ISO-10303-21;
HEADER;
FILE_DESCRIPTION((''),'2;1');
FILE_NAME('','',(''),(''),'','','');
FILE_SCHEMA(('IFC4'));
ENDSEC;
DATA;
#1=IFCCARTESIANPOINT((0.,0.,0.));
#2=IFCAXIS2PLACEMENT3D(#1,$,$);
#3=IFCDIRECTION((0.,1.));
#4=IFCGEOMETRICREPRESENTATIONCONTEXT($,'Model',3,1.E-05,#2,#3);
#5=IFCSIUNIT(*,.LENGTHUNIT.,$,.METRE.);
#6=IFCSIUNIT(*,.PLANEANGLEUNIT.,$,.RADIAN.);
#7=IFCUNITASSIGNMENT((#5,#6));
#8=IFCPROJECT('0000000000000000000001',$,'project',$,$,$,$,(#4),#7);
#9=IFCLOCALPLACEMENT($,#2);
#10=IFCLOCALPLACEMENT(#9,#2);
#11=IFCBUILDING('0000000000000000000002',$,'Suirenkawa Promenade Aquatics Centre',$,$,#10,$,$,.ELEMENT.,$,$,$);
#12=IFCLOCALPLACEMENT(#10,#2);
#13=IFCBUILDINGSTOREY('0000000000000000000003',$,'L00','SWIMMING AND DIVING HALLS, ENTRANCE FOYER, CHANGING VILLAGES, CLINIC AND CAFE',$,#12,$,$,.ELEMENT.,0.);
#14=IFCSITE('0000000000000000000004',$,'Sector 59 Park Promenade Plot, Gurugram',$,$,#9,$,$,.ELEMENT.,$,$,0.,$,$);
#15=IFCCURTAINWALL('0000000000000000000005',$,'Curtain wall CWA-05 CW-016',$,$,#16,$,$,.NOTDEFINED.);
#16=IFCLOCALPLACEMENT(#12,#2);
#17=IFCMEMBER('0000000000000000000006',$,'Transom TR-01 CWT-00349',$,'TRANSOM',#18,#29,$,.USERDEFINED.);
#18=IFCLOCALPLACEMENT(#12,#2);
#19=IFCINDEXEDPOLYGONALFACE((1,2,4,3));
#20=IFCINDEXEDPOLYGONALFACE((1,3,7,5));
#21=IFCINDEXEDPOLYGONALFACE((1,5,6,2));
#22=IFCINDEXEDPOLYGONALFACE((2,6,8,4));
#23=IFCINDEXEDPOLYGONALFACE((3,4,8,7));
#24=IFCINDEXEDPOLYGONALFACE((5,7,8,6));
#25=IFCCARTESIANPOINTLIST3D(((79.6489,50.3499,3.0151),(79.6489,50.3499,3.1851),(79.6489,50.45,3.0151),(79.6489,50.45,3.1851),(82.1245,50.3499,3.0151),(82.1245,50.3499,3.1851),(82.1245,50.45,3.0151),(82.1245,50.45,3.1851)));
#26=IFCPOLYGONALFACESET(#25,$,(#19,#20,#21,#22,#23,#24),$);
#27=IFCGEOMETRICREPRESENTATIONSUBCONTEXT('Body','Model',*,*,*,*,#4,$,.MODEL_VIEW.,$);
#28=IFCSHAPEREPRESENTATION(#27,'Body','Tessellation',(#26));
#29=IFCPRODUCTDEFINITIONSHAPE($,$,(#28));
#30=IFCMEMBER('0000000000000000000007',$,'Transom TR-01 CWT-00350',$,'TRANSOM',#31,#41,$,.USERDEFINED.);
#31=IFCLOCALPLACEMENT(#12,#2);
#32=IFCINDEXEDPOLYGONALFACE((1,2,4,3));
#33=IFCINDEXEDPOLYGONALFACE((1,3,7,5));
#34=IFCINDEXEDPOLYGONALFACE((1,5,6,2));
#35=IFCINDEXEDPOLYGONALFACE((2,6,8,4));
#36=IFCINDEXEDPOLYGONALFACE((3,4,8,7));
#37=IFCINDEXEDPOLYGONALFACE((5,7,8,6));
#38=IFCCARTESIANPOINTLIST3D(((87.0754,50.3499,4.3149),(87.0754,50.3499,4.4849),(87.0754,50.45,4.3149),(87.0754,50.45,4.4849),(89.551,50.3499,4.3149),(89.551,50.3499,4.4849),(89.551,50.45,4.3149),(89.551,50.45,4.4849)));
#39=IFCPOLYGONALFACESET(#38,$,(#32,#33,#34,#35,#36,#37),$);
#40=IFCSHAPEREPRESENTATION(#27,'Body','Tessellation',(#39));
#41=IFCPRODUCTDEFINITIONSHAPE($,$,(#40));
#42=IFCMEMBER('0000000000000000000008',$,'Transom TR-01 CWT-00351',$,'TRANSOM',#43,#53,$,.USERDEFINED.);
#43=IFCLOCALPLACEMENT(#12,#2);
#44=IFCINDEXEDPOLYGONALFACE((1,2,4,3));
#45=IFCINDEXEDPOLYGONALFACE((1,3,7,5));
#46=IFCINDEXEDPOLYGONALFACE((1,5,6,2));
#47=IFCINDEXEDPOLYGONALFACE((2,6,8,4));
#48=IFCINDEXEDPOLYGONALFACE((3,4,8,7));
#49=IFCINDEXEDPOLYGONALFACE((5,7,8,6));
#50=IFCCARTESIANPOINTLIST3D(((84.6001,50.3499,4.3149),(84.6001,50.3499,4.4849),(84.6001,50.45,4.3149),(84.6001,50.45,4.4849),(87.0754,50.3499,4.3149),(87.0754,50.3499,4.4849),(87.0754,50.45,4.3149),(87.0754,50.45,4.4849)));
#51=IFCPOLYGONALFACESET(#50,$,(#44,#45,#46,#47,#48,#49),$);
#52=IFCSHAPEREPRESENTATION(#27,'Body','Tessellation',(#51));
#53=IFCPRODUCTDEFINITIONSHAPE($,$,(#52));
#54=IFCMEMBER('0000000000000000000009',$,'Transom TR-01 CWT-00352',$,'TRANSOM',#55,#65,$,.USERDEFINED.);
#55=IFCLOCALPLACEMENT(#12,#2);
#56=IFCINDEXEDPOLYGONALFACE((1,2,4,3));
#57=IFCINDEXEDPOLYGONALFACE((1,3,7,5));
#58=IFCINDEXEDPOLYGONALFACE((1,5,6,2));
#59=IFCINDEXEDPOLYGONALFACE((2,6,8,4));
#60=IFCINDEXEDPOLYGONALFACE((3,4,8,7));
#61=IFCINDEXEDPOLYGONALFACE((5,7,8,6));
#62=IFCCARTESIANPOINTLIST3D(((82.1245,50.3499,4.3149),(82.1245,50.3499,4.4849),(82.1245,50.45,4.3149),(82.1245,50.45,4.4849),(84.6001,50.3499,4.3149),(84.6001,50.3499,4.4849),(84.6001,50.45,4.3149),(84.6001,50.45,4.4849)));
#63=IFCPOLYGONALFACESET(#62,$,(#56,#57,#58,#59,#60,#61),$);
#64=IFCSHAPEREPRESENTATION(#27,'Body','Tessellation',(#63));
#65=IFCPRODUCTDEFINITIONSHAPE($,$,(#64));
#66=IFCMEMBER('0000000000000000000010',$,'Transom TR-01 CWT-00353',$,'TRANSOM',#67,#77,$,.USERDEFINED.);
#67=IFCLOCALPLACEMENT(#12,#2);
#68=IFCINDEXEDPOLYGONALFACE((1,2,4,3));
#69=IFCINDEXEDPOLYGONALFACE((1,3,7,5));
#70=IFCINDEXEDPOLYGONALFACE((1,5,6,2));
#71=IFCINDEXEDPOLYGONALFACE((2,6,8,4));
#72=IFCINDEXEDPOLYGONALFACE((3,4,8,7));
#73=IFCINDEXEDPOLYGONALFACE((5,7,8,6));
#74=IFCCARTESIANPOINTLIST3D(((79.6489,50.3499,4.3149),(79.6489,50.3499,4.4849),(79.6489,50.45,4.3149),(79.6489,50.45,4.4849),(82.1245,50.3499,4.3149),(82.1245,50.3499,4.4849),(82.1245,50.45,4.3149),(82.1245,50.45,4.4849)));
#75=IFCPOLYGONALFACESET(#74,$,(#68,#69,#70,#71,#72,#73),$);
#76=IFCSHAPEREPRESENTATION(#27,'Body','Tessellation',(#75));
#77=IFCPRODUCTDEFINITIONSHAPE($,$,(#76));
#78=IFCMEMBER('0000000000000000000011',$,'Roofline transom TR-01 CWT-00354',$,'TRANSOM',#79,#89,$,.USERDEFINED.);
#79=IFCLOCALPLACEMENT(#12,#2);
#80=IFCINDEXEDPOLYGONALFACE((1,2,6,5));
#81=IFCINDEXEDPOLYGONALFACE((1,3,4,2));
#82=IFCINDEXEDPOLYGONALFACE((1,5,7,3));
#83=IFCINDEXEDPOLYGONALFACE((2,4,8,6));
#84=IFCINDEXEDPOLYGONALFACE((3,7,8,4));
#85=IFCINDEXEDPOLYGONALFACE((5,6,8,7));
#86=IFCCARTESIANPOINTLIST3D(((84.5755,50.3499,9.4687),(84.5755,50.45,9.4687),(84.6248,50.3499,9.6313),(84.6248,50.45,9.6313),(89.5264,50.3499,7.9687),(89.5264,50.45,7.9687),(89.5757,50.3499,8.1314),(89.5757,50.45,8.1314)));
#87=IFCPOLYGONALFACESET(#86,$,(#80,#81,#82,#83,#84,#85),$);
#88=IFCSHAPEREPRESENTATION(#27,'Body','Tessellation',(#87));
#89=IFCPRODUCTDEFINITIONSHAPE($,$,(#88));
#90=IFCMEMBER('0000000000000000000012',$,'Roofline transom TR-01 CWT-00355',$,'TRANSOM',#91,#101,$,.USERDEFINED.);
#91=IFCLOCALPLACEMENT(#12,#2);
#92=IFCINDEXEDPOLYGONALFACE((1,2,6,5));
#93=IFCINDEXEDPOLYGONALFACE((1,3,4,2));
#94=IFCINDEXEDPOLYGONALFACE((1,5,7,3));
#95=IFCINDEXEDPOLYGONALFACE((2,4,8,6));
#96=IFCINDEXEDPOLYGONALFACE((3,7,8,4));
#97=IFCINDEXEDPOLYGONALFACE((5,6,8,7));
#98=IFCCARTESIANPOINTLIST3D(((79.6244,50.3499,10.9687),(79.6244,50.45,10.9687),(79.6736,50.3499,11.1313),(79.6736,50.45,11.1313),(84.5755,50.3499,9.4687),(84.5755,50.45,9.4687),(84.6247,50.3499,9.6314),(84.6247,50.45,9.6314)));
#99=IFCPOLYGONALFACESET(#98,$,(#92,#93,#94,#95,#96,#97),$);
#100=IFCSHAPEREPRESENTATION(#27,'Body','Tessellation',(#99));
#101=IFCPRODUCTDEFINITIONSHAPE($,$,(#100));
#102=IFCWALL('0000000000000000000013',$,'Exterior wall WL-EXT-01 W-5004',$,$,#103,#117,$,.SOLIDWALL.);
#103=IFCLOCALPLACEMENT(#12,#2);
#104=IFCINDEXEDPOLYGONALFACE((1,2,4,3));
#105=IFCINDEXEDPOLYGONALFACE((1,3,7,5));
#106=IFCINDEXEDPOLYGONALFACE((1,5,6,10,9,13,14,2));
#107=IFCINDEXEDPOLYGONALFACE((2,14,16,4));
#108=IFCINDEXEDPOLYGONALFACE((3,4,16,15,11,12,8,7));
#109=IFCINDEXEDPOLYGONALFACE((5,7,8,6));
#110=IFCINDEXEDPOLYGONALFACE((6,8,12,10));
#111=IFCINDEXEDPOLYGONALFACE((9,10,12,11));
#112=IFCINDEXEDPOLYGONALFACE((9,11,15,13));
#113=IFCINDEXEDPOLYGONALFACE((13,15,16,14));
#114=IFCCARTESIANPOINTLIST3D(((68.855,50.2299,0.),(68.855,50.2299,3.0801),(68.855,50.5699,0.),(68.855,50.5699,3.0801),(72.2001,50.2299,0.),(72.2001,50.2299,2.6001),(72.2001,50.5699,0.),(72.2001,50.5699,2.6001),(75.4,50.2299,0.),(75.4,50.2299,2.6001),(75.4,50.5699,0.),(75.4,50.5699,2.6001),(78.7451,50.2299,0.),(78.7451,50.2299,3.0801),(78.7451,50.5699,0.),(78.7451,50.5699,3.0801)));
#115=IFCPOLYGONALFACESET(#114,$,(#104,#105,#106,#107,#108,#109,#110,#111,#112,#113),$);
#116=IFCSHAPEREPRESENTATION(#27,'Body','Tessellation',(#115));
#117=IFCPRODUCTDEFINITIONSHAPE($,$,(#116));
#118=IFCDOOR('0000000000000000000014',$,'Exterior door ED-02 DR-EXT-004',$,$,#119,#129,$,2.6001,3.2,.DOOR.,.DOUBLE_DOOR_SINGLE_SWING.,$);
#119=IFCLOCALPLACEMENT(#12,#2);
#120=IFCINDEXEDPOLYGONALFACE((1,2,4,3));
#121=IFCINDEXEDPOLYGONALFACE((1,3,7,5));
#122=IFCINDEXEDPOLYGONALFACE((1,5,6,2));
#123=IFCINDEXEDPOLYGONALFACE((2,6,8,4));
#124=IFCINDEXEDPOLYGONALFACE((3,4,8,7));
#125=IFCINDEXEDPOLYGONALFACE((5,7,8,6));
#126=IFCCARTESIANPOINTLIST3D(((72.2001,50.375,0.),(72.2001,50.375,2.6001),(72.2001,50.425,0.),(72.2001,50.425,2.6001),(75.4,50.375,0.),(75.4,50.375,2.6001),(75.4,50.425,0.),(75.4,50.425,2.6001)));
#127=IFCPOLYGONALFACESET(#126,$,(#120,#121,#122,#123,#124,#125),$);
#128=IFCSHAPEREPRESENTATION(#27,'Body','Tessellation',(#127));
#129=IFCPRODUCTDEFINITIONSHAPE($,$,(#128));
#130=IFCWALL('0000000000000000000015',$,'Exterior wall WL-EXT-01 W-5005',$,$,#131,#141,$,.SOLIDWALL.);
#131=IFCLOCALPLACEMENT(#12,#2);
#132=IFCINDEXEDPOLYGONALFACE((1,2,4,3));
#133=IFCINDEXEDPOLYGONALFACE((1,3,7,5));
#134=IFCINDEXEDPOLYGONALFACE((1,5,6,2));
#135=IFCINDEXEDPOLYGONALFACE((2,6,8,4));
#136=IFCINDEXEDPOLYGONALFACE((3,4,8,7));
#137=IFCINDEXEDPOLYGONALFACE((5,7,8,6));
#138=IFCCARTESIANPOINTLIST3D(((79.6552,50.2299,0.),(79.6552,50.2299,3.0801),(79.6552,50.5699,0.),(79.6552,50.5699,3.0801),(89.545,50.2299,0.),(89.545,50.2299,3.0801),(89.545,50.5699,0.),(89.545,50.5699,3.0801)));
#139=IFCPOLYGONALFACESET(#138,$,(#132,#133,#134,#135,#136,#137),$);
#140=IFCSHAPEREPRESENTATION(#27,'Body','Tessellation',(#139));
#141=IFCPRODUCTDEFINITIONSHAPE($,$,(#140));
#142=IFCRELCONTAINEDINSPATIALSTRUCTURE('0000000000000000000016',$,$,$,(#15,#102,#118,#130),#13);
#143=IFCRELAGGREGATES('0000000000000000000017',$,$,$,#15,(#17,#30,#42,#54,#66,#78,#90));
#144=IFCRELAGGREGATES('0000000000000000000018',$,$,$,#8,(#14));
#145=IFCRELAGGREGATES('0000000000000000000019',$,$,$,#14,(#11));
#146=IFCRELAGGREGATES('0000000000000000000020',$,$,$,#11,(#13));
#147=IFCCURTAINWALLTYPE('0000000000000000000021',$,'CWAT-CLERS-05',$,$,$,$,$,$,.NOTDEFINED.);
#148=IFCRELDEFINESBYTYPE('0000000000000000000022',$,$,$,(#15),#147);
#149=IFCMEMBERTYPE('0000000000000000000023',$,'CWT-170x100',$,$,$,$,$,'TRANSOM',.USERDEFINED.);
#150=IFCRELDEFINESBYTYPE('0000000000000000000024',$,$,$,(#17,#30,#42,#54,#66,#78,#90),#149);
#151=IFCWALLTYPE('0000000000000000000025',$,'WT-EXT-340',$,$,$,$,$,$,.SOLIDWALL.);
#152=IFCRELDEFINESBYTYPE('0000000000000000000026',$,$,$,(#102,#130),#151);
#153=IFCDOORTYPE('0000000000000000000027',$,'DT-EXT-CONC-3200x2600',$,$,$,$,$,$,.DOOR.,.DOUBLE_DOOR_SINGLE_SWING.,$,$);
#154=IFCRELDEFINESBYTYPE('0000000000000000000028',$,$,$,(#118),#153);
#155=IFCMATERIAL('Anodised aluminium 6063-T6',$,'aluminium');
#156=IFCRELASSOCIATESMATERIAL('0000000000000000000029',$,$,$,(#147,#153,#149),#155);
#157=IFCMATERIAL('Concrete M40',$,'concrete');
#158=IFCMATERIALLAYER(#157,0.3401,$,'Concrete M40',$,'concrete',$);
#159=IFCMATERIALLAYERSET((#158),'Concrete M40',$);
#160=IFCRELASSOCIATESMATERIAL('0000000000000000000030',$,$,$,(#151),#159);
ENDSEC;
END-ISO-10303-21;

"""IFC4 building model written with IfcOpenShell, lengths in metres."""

from ifc_helpers import new_model, si_unit, direction, frame, frame_2d, origin, origin_2d, place, context, subcontext, project, spatial, rectangle, extrude, material, layer, layer_set, material_profile, profile_set, type_object, element, fill, aggregate, save


model = new_model("IFC4")

# Units and contexts
model_context = context("Model", 3, precision=1e-05, world=origin(), true_north=direction((0.0, 1.0)))
body_context = subcontext(model_context, "Body", "Model", "MODEL_VIEW")
ifc_project = project(units=[si_unit("LENGTHUNIT", "METRE"), si_unit("PLANEANGLEUNIT", "RADIAN")], contexts=[model_context])

# Site, building, storey
site_placement = place(None, origin())
site = spatial("IfcSite", under=ifc_project, at=site_placement, Name="Sector 59 Park Promenade Plot, Gurugram", CompositionType="ELEMENT", RefElevation=0.0)
building_placement = place(site_placement, origin())
building = spatial("IfcBuilding", under=site, at=building_placement, Name="Suirenkawa Promenade Aquatics Centre", CompositionType="ELEMENT")
storey_placement = place(building_placement, origin())
storey = spatial("IfcBuildingStorey", under=building, at=storey_placement, Name="L00", Description="SWIMMING AND DIVING HALLS, ENTRANCE FOYER, CHANGING VILLAGES, CLINIC AND CAFE", CompositionType="ELEMENT", Elevation=0.0)

# Shared definitions
ifc_material_1 = material(Name="Concrete M40", Category="concrete")

# Shared definitions
ifc_material_2 = material(Name="Anodised aluminium 6063-T6", Category="aluminium")

# Curtain wall
curtain_wall_type_1 = type_object("IfcCurtainWallType", Name="CWAT-CLERS-05", PredefinedType="NOTDEFINED", material=ifc_material_2)
curtain_wall_1_placement = place(storey_placement, origin())
curtain_wall_1 = element("IfcCurtainWall", 1, at=curtain_wall_1_placement, inside=storey, type_object=curtain_wall_type_1, Name="Curtain wall CWA-05 CW-016", PredefinedType="NOTDEFINED")

# Members
ifc_material_profile_1 = material_profile(ifc_material_2, rectangle(XDim=0.1001, YDim=0.1699, at=origin_2d()), Name="ALU TRAN 100x170", Category="aluminium")
ifc_profile_set_1 = profile_set([ifc_material_profile_1], Name="Anodised aluminium 6063-T6")
member_type_1 = type_object("IfcMemberType", Name="CWT-170x100", ElementType="TRANSOM", PredefinedType="USERDEFINED", material=ifc_profile_set_1)
member_1_placement = place(storey_placement, frame((82.1245, 50.3999, 3.1001), z_axis=(-1.0, 0.0, 0.0), x_axis=(0.0, -1.0, 0.0)))
member_1 = element("IfcMember", 2, at=member_1_placement, type_object=member_type_1, Name="Transom TR-01 CWT-00349", ObjectType="TRANSOM", PredefinedType="USERDEFINED", context=body_context, shape_type="SweptSolid", body=[
    extrude(rectangle(XDim=0.1001, YDim=0.1699, at=origin_2d()), origin(), (0.0, 0.0, 1.0), 2.4756),
])
member_2_placement = place(storey_placement, frame((89.551, 50.3999, 4.3999), z_axis=(-1.0, 0.0, 0.0), x_axis=(0.0, -1.0, 0.0)))
member_2 = element("IfcMember", 3, at=member_2_placement, type_object=member_type_1, Name="Transom TR-01 CWT-00350", ObjectType="TRANSOM", PredefinedType="USERDEFINED", context=body_context, shape_type="SweptSolid", body=[
    extrude(rectangle(XDim=0.1001, YDim=0.1699, at=origin_2d()), origin(), (0.0, 0.0, 1.0), 2.4756),
])
member_3_placement = place(storey_placement, frame((87.0754, 50.3999, 4.3999), z_axis=(-1.0, 0.0, 0.0), x_axis=(0.0, -1.0, 0.0)))
member_3 = element("IfcMember", 4, at=member_3_placement, type_object=member_type_1, Name="Transom TR-01 CWT-00351", ObjectType="TRANSOM", PredefinedType="USERDEFINED", context=body_context, shape_type="SweptSolid", body=[
    extrude(rectangle(XDim=0.1001, YDim=0.1699, at=origin_2d()), origin(), (0.0, 0.0, 1.0), 2.4753),
])
member_4_placement = place(storey_placement, frame((84.6001, 50.3999, 4.3999), z_axis=(-1.0, 0.0, 0.0), x_axis=(0.0, -1.0, 0.0)))
member_4 = element("IfcMember", 5, at=member_4_placement, type_object=member_type_1, Name="Transom TR-01 CWT-00352", ObjectType="TRANSOM", PredefinedType="USERDEFINED", context=body_context, shape_type="SweptSolid", body=[
    extrude(rectangle(XDim=0.1001, YDim=0.1699, at=origin_2d()), origin(), (0.0, 0.0, 1.0), 2.4756),
])
member_5_placement = place(storey_placement, frame((82.1245, 50.3999, 4.3999), z_axis=(-1.0, 0.0, 0.0), x_axis=(0.0, -1.0, 0.0)))
member_5 = element("IfcMember", 6, at=member_5_placement, type_object=member_type_1, Name="Transom TR-01 CWT-00353", ObjectType="TRANSOM", PredefinedType="USERDEFINED", context=body_context, shape_type="SweptSolid", body=[
    extrude(rectangle(XDim=0.1001, YDim=0.1699, at=origin_2d()), origin(), (0.0, 0.0, 1.0), 2.4756),
])
member_6_placement = place(storey_placement, frame((89.551, 50.3999, 8.05), z_axis=(-0.957039, 0.0, 0.289958), x_axis=(0.0, -1.0, 0.0)))
member_6 = element("IfcMember", 7, at=member_6_placement, type_object=member_type_1, Name="Roofline transom TR-01 CWT-00354", ObjectType="TRANSOM", PredefinedType="USERDEFINED", context=body_context, shape_type="SweptSolid", body=[
    extrude(rectangle(XDim=0.1001, YDim=0.1699, at=origin_2d()), origin(), (0.0, 0.0, 1.0), 5.1731),
])
member_7_placement = place(storey_placement, frame((84.6001, 50.3999, 9.55), z_axis=(-0.957043, 0.0, 0.289945), x_axis=(0.0, -1.0, 0.0)))
member_7 = element("IfcMember", 8, at=member_7_placement, type_object=member_type_1, Name="Roofline transom TR-01 CWT-00355", ObjectType="TRANSOM", PredefinedType="USERDEFINED", context=body_context, shape_type="SweptSolid", body=[
    extrude(rectangle(XDim=0.1001, YDim=0.1699, at=origin_2d()), origin(), (0.0, 0.0, 1.0), 5.1733),
])

aggregate(curtain_wall_1, [member_1, member_2, member_3, member_4, member_5, member_6, member_7])

# Wall, opening, door
ifc_layer_1 = layer(ifc_material_1, 0.3401, Name="Concrete M40", Category="concrete")
ifc_layer_set_1 = layer_set([ifc_layer_1], Name="Concrete M40")
wall_type = type_object("IfcWallType", Name="WT-EXT-340", PredefinedType="SOLIDWALL", material=ifc_layer_set_1)
wall_1_placement = place(storey_placement, frame((78.7451, 50.3999, 0.0), z_axis=(0.0, 0.0, 1.0), x_axis=(-1.0, 0.0, 0.0)))
wall_1 = element("IfcWall", 9, at=wall_1_placement, inside=storey, type_object=wall_type, Name="Exterior wall WL-EXT-01 W-5004", PredefinedType="SOLIDWALL", context=body_context, shape_type="SweptSolid", body=[
    extrude(rectangle(XDim=9.8901, YDim=0.3401, at=frame_2d((4.9451, 0.0))), origin(), (0.0, 0.0, 1.0), 3.0801),
])
opening_placement = place(wall_1_placement, frame((3.345, 0.0, 0.0)))
opening = element("IfcOpeningElement", 10, at=opening_placement, cuts=wall_1, PredefinedType="OPENING", context=body_context, shape_type="SweptSolid", body=[
    extrude(rectangle(XDim=3.2, YDim=2.6001, at=frame_2d((1.6001, 1.3))), frame((0.0, 0.1799, 0.0), z_axis=(0.0, -1.0, 0.0), x_axis=(1.0, 0.0, 0.0)), (0.0, 0.0, 1.0), 0.3601),
])
door_type = type_object("IfcDoorType", Name="DT-EXT-CONC-3200x2600", OperationType="DOUBLE_DOOR_SINGLE_SWING", PredefinedType="DOOR", material=ifc_material_2)
door_placement = place(opening_placement, origin())
door = element("IfcDoor", 11, at=door_placement, inside=storey, type_object=door_type, Name="Exterior door ED-02 DR-EXT-004", OperationType="DOUBLE_DOOR_SINGLE_SWING", OverallHeight=2.6001, OverallWidth=3.2, PredefinedType="DOOR", context=body_context, shape_type="SweptSolid", body=[
    extrude(rectangle(XDim=3.2, YDim=2.6001, at=frame_2d((1.6001, 1.3))), frame((0.0, 0.0249, 0.0), z_axis=(0.0, -1.0, 0.0), x_axis=(1.0, 0.0, 0.0)), (0.0, 0.0, 1.0), 0.05),
])
fill(opening, door)

# Wall
wall_2_placement = place(storey_placement, frame((89.5449, 50.3999, 0.0), z_axis=(0.0, 0.0, 1.0), x_axis=(-1.0, 0.0, 0.0)))
element("IfcWall", 12, at=wall_2_placement, inside=storey, type_object=wall_type, Name="Exterior wall WL-EXT-01 W-5005", PredefinedType="SOLIDWALL", context=body_context, shape_type="SweptSolid", body=[
    extrude(rectangle(XDim=9.8899, YDim=0.3401, at=frame_2d((4.9448, 0.0))), origin(), (0.0, 0.0, 1.0), 3.0801),
])

save(model, "model.ifc")
